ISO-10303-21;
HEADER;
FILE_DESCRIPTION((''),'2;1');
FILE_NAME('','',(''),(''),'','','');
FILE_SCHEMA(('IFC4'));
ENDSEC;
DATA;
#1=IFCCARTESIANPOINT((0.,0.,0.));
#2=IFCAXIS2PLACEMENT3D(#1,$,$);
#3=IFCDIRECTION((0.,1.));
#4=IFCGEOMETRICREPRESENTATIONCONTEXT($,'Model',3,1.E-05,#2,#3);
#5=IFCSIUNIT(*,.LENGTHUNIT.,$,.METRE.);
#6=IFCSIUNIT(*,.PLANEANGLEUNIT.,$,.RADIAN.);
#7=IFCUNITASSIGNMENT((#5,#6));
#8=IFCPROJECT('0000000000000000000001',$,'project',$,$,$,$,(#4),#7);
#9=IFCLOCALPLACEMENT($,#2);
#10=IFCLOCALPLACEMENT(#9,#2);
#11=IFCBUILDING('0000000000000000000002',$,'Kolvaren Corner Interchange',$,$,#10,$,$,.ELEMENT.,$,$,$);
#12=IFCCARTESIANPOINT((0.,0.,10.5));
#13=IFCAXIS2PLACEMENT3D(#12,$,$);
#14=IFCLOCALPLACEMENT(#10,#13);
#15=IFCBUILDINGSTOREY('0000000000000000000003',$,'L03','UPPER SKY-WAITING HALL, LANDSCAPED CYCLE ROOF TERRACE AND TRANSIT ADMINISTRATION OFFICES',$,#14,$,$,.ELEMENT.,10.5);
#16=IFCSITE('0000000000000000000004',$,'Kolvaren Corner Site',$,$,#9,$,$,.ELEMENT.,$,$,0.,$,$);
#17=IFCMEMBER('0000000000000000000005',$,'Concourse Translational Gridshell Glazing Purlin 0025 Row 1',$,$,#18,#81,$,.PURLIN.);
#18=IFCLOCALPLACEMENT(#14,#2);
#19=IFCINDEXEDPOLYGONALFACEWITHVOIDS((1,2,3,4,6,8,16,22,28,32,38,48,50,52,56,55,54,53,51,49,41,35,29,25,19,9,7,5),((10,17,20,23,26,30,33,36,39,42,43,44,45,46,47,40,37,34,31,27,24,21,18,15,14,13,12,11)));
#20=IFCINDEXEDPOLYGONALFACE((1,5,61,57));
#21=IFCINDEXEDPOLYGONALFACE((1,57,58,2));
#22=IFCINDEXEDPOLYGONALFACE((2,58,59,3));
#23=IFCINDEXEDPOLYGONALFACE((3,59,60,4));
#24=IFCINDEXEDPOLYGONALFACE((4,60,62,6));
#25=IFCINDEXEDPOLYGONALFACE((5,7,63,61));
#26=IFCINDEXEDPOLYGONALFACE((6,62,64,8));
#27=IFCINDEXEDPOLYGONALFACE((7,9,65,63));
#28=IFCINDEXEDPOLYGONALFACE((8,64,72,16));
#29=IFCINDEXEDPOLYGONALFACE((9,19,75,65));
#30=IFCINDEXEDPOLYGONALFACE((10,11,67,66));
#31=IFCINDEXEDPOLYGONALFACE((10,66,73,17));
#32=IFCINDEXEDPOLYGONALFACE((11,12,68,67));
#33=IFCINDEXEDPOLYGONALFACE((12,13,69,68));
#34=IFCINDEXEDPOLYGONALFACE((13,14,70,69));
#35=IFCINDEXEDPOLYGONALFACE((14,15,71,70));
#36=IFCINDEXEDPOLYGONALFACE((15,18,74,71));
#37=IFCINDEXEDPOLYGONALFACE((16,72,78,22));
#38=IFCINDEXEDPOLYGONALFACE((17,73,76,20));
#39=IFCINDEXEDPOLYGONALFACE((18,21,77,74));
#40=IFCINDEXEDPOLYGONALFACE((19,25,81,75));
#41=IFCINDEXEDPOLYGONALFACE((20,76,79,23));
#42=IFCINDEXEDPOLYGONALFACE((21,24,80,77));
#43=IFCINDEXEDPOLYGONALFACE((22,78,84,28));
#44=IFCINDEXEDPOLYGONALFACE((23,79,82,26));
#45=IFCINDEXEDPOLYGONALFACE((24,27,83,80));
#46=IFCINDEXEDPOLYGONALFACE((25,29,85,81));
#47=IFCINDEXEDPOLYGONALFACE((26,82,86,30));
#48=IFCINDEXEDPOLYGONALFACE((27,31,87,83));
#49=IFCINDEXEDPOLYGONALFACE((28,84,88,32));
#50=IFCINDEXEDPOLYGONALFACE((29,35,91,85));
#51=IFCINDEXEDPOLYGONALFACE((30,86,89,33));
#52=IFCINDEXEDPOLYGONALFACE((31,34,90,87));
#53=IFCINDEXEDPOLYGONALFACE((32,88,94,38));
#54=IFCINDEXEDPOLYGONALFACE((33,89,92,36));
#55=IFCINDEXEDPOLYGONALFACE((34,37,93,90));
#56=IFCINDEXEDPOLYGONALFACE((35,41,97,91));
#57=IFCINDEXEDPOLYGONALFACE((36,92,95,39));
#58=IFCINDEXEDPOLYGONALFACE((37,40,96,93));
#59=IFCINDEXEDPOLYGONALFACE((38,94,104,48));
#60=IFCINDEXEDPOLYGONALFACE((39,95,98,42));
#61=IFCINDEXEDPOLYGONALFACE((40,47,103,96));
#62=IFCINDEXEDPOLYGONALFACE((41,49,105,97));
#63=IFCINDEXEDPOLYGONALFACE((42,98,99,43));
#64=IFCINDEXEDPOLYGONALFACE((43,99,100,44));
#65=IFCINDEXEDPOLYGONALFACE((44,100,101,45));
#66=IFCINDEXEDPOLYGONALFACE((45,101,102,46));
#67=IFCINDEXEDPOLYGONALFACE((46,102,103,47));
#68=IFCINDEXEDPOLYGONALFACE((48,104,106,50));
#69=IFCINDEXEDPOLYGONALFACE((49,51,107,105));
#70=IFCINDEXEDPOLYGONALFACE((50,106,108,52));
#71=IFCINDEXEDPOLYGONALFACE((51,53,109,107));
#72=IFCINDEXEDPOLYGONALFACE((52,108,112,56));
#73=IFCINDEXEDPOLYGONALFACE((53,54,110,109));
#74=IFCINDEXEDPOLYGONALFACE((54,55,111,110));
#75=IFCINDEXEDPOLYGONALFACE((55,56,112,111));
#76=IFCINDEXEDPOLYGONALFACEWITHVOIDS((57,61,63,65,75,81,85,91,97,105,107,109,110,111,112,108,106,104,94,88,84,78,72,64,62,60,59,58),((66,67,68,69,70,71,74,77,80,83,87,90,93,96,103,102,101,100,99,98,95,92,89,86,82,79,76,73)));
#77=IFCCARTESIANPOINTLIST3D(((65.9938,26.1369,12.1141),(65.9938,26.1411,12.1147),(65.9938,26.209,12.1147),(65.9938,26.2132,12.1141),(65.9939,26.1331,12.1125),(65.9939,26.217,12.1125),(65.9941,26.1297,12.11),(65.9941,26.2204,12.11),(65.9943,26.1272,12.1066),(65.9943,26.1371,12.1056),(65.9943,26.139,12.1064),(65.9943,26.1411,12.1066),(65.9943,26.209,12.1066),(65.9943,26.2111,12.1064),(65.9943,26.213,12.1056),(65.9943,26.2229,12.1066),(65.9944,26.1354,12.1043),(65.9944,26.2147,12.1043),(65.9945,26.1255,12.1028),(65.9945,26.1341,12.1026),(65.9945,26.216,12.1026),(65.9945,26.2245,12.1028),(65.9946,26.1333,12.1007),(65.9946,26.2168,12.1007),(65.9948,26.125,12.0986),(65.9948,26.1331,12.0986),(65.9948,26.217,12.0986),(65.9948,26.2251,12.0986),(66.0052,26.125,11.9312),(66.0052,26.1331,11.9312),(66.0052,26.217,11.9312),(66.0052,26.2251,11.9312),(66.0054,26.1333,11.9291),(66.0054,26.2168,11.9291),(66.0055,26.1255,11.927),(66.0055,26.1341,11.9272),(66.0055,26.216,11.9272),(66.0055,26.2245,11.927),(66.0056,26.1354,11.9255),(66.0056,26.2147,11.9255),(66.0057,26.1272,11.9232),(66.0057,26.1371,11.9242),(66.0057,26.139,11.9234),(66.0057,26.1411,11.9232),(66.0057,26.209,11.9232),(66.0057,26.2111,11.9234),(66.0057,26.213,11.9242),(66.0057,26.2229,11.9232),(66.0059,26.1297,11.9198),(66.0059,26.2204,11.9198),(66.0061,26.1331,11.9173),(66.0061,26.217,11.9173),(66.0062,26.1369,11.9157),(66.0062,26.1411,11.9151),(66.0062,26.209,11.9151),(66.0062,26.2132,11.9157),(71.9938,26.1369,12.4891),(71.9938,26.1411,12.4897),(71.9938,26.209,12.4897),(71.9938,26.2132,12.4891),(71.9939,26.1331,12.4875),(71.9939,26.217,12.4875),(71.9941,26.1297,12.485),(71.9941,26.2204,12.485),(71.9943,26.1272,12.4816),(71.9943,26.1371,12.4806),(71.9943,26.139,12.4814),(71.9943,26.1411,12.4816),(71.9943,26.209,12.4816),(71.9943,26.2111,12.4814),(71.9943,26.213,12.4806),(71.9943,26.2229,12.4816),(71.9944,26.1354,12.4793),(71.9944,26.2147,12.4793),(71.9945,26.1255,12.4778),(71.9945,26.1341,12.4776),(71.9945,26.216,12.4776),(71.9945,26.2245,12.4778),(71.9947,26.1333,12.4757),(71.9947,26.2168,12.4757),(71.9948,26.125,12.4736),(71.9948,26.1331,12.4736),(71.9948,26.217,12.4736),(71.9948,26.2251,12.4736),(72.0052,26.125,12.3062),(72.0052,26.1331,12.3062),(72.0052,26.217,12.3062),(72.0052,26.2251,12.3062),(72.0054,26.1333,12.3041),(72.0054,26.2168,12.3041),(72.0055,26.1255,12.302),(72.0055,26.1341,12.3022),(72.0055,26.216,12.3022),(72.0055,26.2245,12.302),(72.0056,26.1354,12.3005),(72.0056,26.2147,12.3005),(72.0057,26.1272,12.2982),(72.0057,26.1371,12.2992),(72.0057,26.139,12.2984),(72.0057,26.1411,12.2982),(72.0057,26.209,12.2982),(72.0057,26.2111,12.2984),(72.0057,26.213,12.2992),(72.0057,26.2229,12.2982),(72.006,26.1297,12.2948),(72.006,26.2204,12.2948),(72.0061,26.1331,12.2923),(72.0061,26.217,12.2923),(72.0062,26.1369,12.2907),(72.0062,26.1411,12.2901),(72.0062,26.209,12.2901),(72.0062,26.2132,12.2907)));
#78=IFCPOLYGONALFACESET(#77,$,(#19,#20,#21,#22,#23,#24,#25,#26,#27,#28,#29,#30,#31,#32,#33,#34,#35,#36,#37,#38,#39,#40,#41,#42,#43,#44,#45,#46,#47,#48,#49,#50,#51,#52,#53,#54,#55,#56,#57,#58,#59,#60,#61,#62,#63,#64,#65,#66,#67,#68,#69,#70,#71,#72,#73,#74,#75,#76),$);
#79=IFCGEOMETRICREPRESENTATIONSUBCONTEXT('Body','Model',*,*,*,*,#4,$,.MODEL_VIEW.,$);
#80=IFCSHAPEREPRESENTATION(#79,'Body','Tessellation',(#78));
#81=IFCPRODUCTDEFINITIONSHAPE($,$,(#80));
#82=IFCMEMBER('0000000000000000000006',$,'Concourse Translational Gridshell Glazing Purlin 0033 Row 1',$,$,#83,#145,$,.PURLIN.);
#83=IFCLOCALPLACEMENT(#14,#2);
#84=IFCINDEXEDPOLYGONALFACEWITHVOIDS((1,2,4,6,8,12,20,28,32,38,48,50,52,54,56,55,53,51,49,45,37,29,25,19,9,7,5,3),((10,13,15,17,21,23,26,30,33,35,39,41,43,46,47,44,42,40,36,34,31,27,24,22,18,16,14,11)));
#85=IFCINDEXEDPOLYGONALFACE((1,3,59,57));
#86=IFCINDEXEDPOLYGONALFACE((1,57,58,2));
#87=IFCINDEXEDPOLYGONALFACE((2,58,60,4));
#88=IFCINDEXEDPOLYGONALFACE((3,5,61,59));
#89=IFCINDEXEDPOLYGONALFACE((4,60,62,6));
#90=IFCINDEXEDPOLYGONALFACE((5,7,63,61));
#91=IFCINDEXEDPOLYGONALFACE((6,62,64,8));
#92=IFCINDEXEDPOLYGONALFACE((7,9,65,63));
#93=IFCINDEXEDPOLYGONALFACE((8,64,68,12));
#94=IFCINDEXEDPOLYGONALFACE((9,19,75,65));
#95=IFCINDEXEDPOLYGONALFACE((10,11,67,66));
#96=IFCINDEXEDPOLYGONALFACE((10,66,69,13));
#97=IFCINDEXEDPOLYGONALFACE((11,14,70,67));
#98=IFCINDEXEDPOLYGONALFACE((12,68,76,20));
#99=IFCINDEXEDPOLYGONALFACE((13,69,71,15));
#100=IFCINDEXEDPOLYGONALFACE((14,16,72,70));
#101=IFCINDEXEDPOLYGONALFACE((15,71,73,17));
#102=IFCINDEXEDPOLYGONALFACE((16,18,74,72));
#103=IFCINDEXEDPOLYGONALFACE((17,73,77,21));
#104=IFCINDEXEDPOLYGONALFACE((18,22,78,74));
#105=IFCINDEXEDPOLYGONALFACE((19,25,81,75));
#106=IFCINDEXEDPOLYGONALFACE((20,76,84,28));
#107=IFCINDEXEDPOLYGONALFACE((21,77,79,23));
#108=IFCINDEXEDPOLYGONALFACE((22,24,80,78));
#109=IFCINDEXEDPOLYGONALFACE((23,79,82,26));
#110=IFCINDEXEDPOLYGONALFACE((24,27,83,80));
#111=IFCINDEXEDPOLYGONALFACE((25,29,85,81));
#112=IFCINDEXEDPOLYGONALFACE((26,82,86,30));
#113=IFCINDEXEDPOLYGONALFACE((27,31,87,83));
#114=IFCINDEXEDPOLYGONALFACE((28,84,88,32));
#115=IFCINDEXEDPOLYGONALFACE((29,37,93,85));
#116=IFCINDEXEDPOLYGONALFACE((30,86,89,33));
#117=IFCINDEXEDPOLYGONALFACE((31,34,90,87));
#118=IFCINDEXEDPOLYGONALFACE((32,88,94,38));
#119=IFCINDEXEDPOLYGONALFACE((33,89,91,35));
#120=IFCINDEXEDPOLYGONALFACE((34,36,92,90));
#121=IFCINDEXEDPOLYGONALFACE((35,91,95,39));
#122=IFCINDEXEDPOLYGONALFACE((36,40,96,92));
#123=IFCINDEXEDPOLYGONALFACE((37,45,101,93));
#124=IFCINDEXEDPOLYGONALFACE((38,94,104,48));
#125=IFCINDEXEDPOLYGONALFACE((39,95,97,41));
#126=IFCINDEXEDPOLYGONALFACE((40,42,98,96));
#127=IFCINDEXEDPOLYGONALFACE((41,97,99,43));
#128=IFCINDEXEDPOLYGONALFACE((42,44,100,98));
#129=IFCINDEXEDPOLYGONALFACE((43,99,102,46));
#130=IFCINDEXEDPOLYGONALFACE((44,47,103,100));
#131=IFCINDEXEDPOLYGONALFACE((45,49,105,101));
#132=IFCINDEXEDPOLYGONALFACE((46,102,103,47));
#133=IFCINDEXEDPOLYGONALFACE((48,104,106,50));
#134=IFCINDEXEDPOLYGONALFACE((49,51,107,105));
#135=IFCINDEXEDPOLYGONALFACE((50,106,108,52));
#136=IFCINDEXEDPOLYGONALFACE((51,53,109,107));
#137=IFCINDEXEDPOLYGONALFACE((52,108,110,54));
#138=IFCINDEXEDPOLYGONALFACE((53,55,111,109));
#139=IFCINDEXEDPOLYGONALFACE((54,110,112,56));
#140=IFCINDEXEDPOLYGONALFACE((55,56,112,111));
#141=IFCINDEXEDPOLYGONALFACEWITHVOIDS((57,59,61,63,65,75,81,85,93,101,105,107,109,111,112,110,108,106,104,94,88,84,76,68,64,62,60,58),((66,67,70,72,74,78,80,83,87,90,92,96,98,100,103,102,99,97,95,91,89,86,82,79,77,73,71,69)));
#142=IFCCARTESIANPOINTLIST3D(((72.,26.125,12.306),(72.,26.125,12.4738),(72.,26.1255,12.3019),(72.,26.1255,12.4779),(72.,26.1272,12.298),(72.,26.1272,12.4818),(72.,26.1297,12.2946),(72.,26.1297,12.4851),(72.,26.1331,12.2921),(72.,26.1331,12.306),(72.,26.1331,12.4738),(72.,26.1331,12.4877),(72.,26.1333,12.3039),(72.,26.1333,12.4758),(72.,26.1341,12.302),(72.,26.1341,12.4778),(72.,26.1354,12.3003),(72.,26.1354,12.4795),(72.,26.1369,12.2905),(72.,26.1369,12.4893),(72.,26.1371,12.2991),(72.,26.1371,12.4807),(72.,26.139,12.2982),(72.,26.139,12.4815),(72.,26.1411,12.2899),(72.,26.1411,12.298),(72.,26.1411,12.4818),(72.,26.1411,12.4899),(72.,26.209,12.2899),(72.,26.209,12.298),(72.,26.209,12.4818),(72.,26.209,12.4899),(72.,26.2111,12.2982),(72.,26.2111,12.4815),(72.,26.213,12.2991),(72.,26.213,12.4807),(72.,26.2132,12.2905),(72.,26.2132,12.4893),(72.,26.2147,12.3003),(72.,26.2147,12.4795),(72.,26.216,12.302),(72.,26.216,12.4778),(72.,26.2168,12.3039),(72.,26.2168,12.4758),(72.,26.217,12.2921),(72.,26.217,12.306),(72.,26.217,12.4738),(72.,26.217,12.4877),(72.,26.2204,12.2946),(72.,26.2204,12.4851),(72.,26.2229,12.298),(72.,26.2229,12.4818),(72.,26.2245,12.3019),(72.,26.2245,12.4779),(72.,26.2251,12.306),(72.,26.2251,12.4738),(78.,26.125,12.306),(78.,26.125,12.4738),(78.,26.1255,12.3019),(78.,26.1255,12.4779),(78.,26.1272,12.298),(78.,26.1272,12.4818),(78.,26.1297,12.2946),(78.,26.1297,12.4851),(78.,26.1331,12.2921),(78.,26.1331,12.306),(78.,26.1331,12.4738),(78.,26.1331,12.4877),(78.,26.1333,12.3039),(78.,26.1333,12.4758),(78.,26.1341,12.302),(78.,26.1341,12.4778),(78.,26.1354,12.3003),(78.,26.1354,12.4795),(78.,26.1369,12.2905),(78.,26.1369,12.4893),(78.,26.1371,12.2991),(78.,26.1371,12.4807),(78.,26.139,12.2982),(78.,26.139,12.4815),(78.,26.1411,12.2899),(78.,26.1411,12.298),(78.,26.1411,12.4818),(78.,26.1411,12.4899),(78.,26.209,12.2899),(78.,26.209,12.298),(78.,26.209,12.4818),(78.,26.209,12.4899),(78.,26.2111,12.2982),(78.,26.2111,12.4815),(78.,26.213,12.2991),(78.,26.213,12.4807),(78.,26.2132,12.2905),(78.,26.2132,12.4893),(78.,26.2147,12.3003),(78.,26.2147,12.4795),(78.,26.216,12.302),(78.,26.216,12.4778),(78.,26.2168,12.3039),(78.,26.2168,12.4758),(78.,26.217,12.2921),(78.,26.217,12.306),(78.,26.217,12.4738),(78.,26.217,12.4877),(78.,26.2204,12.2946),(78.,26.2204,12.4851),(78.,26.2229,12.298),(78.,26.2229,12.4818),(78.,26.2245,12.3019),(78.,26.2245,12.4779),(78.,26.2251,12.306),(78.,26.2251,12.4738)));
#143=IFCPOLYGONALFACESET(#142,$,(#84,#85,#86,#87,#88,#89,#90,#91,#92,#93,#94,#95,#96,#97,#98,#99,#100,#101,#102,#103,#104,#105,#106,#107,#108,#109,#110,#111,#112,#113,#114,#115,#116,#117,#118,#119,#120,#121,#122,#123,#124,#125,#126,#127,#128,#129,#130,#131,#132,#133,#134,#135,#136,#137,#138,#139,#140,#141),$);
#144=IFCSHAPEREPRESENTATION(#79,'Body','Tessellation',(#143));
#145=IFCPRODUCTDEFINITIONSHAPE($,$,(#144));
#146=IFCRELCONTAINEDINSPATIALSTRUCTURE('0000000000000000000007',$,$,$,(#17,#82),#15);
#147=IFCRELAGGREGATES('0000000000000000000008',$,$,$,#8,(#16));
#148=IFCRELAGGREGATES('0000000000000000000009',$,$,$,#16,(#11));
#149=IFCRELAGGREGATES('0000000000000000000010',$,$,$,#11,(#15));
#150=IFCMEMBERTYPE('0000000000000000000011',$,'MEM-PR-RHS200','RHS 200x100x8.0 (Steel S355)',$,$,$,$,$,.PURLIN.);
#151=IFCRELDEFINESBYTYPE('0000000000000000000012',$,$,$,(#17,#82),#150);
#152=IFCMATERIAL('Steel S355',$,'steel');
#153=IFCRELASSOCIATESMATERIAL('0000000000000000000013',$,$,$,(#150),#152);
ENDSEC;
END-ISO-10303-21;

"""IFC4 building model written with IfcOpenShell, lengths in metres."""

from ifc_helpers import new_model, si_unit, direction, frame, origin, origin_2d, place, context, subcontext, project, spatial, hollow_rectangle, extrude, material, material_profile, profile_set, type_object, element, save


model = new_model("IFC4")

# Units and contexts
model_context = context("Model", 3, precision=1e-05, world=origin(), true_north=direction((0.0, 1.0)))
body_context = subcontext(model_context, "Body", "Model", "MODEL_VIEW")
ifc_project = project(units=[si_unit("LENGTHUNIT", "METRE"), si_unit("PLANEANGLEUNIT", "RADIAN")], contexts=[model_context])

# Site, building, storey
site_placement = place(None, origin())
site = spatial("IfcSite", under=ifc_project, at=site_placement, Name="Kolvaren Corner Site", CompositionType="ELEMENT", RefElevation=0.0)
building_placement = place(site_placement, origin())
building = spatial("IfcBuilding", under=site, at=building_placement, Name="Kolvaren Corner Interchange", CompositionType="ELEMENT")
storey_placement = place(building_placement, frame((0.0, 0.0, 10.5)))
storey = spatial("IfcBuildingStorey", under=building, at=storey_placement, Name="L03", Description="UPPER SKY-WAITING HALL, LANDSCAPED CYCLE ROOF TERRACE AND TRANSIT ADMINISTRATION OFFICES", CompositionType="ELEMENT", Elevation=10.5)

# Members
ifc_material_1 = material(Name="Steel S355", Category="steel")
ifc_material_profile_1 = material_profile(ifc_material_1, hollow_rectangle(XDim=0.1001, YDim=0.2, WallThickness=0.0081, InnerFilletRadius=0.0081, OuterFilletRadius=0.0161, at=origin_2d()), Name="RHS 200x100x8.0")
ifc_profile_set_1 = profile_set([ifc_material_profile_1], Name="Steel S355")
member_type_1 = type_object("IfcMemberType", Name="MEM-PR-RHS200", Description="RHS 200x100x8.0 (Steel S355)", PredefinedType="PURLIN", material=ifc_profile_set_1)
member_1_placement = place(storey_placement, frame((66.0, 26.175, 12.0149), z_axis=(0.998053, 0.0, 0.062378), x_axis=(0.0, 1.0, 0.0)))
element("IfcMember", 1, at=member_1_placement, inside=storey, type_object=member_type_1, Name="Concourse Translational Gridshell Glazing Purlin 0025 Row 1", PredefinedType="PURLIN", context=body_context, shape_type="SweptSolid", body=[
    extrude(hollow_rectangle(XDim=0.1001, YDim=0.2, WallThickness=0.0081, InnerFilletRadius=0.0081, OuterFilletRadius=0.0161, at=origin_2d()), origin(), (0.0, 0.0, 1.0), 6.0117),
])
member_2_placement = place(storey_placement, frame((72.0, 26.175, 12.3899), z_axis=(1.0, 0.0, 0.0), x_axis=(0.0, 1.0, 0.0)))
element("IfcMember", 2, at=member_2_placement, inside=storey, type_object=member_type_1, Name="Concourse Translational Gridshell Glazing Purlin 0033 Row 1", PredefinedType="PURLIN", context=body_context, shape_type="SweptSolid", body=[
    extrude(hollow_rectangle(XDim=0.1001, YDim=0.2, WallThickness=0.0081, InnerFilletRadius=0.0081, OuterFilletRadius=0.0161, at=origin_2d()), origin(), (0.0, 0.0, 1.0), 6.0),
])

save(model, "model.ifc")
